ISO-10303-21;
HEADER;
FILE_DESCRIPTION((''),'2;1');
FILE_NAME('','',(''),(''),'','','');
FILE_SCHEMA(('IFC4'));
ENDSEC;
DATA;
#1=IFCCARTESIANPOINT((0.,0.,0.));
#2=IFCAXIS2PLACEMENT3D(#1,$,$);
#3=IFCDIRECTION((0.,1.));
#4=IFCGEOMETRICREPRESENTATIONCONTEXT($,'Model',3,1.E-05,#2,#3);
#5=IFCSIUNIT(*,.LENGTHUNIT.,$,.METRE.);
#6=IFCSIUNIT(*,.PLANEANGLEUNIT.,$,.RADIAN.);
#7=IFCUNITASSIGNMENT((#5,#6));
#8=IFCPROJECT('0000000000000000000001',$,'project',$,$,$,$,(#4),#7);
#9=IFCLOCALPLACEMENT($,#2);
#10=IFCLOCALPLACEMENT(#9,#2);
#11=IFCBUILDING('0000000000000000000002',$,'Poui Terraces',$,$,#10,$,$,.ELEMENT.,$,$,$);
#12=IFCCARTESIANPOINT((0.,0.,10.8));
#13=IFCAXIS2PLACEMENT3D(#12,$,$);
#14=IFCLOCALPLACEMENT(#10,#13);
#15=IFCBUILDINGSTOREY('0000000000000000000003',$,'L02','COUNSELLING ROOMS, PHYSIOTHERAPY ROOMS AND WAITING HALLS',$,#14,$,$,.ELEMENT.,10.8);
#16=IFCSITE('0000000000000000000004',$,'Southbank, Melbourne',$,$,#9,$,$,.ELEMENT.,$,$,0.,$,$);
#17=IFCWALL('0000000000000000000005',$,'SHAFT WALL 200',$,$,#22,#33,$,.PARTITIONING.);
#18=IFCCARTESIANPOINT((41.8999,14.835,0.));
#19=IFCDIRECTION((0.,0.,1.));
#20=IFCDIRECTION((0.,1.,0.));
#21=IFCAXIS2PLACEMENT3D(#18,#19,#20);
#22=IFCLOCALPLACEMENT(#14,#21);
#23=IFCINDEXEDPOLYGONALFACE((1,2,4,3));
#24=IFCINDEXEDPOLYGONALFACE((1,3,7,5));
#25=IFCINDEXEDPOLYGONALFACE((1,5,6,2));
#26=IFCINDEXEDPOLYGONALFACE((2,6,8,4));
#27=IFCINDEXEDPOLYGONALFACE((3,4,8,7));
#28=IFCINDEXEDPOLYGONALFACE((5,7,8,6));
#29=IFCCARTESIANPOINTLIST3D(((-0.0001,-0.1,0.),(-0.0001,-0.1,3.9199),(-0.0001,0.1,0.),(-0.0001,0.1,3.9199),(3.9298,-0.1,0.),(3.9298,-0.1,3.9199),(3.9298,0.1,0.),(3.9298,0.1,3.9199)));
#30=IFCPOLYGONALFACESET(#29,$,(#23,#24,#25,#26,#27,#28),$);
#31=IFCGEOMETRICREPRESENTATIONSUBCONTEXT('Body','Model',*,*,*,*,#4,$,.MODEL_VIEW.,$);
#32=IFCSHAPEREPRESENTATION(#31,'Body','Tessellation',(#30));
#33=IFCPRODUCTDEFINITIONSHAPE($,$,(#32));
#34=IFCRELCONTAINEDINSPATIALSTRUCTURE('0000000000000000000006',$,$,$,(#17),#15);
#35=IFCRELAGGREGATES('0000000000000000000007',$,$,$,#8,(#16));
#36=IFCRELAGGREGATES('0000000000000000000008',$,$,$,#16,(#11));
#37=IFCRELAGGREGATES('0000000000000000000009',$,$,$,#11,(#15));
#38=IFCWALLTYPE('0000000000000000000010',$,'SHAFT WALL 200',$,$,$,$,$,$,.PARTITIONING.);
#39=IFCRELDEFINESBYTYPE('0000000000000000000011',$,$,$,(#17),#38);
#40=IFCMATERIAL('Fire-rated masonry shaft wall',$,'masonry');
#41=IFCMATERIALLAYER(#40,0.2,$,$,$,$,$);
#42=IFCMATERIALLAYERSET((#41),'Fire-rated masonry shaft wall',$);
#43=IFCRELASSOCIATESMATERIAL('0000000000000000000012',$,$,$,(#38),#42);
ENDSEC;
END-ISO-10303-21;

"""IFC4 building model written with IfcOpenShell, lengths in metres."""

from ifc_helpers import new_model, si_unit, direction, frame, frame_2d, origin, place, context, subcontext, project, spatial, rectangle, extrude, material, layer, layer_set, type_object, element, save


model = new_model("IFC4")

# Units and contexts
model_context = context("Model", 3, precision=1e-05, world=origin(), true_north=direction((0.0, 1.0)))
body_context = subcontext(model_context, "Body", "Model", "MODEL_VIEW")
ifc_project = project(units=[si_unit("LENGTHUNIT", "METRE"), si_unit("PLANEANGLEUNIT", "RADIAN")], contexts=[model_context])

# Site, building, storey
site_placement = place(None, origin())
site = spatial("IfcSite", under=ifc_project, at=site_placement, Name="Southbank, Melbourne", CompositionType="ELEMENT", RefElevation=0.0)
building_placement = place(site_placement, origin())
building = spatial("IfcBuilding", under=site, at=building_placement, Name="Poui Terraces", CompositionType="ELEMENT")
storey_placement = place(building_placement, frame((0.0, 0.0, 10.8)))
storey = spatial("IfcBuildingStorey", under=building, at=storey_placement, Name="L02", Description="COUNSELLING ROOMS, PHYSIOTHERAPY ROOMS AND WAITING HALLS", CompositionType="ELEMENT", Elevation=10.8)

# Shared definitions
ifc_material_1 = material(Name="Fire-rated masonry shaft wall", Category="masonry")
ifc_layer_1 = layer(ifc_material_1, 0.2)
ifc_layer_set_1 = layer_set([ifc_layer_1], Name="Fire-rated masonry shaft wall")
wall_type_1 = type_object("IfcWallType", Name="SHAFT WALL 200", PredefinedType="PARTITIONING", material=ifc_layer_set_1)

# Wall
wall_1_placement = place(storey_placement, frame((41.8999, 14.835, 0.0), z_axis=(0.0, 0.0, 1.0), x_axis=(0.0, 1.0, 0.0)))
element("IfcWall", 1, at=wall_1_placement, inside=storey, type_object=wall_type_1, Name="SHAFT WALL 200", PredefinedType="PARTITIONING", context=body_context, shape_type="SweptSolid", body=[
    extrude(rectangle(XDim=3.9299, YDim=0.2, at=frame_2d((1.9648, 0.0))), origin(), (0.0, 0.0, 1.0), 3.9199),
])

save(model, "model.ifc")
